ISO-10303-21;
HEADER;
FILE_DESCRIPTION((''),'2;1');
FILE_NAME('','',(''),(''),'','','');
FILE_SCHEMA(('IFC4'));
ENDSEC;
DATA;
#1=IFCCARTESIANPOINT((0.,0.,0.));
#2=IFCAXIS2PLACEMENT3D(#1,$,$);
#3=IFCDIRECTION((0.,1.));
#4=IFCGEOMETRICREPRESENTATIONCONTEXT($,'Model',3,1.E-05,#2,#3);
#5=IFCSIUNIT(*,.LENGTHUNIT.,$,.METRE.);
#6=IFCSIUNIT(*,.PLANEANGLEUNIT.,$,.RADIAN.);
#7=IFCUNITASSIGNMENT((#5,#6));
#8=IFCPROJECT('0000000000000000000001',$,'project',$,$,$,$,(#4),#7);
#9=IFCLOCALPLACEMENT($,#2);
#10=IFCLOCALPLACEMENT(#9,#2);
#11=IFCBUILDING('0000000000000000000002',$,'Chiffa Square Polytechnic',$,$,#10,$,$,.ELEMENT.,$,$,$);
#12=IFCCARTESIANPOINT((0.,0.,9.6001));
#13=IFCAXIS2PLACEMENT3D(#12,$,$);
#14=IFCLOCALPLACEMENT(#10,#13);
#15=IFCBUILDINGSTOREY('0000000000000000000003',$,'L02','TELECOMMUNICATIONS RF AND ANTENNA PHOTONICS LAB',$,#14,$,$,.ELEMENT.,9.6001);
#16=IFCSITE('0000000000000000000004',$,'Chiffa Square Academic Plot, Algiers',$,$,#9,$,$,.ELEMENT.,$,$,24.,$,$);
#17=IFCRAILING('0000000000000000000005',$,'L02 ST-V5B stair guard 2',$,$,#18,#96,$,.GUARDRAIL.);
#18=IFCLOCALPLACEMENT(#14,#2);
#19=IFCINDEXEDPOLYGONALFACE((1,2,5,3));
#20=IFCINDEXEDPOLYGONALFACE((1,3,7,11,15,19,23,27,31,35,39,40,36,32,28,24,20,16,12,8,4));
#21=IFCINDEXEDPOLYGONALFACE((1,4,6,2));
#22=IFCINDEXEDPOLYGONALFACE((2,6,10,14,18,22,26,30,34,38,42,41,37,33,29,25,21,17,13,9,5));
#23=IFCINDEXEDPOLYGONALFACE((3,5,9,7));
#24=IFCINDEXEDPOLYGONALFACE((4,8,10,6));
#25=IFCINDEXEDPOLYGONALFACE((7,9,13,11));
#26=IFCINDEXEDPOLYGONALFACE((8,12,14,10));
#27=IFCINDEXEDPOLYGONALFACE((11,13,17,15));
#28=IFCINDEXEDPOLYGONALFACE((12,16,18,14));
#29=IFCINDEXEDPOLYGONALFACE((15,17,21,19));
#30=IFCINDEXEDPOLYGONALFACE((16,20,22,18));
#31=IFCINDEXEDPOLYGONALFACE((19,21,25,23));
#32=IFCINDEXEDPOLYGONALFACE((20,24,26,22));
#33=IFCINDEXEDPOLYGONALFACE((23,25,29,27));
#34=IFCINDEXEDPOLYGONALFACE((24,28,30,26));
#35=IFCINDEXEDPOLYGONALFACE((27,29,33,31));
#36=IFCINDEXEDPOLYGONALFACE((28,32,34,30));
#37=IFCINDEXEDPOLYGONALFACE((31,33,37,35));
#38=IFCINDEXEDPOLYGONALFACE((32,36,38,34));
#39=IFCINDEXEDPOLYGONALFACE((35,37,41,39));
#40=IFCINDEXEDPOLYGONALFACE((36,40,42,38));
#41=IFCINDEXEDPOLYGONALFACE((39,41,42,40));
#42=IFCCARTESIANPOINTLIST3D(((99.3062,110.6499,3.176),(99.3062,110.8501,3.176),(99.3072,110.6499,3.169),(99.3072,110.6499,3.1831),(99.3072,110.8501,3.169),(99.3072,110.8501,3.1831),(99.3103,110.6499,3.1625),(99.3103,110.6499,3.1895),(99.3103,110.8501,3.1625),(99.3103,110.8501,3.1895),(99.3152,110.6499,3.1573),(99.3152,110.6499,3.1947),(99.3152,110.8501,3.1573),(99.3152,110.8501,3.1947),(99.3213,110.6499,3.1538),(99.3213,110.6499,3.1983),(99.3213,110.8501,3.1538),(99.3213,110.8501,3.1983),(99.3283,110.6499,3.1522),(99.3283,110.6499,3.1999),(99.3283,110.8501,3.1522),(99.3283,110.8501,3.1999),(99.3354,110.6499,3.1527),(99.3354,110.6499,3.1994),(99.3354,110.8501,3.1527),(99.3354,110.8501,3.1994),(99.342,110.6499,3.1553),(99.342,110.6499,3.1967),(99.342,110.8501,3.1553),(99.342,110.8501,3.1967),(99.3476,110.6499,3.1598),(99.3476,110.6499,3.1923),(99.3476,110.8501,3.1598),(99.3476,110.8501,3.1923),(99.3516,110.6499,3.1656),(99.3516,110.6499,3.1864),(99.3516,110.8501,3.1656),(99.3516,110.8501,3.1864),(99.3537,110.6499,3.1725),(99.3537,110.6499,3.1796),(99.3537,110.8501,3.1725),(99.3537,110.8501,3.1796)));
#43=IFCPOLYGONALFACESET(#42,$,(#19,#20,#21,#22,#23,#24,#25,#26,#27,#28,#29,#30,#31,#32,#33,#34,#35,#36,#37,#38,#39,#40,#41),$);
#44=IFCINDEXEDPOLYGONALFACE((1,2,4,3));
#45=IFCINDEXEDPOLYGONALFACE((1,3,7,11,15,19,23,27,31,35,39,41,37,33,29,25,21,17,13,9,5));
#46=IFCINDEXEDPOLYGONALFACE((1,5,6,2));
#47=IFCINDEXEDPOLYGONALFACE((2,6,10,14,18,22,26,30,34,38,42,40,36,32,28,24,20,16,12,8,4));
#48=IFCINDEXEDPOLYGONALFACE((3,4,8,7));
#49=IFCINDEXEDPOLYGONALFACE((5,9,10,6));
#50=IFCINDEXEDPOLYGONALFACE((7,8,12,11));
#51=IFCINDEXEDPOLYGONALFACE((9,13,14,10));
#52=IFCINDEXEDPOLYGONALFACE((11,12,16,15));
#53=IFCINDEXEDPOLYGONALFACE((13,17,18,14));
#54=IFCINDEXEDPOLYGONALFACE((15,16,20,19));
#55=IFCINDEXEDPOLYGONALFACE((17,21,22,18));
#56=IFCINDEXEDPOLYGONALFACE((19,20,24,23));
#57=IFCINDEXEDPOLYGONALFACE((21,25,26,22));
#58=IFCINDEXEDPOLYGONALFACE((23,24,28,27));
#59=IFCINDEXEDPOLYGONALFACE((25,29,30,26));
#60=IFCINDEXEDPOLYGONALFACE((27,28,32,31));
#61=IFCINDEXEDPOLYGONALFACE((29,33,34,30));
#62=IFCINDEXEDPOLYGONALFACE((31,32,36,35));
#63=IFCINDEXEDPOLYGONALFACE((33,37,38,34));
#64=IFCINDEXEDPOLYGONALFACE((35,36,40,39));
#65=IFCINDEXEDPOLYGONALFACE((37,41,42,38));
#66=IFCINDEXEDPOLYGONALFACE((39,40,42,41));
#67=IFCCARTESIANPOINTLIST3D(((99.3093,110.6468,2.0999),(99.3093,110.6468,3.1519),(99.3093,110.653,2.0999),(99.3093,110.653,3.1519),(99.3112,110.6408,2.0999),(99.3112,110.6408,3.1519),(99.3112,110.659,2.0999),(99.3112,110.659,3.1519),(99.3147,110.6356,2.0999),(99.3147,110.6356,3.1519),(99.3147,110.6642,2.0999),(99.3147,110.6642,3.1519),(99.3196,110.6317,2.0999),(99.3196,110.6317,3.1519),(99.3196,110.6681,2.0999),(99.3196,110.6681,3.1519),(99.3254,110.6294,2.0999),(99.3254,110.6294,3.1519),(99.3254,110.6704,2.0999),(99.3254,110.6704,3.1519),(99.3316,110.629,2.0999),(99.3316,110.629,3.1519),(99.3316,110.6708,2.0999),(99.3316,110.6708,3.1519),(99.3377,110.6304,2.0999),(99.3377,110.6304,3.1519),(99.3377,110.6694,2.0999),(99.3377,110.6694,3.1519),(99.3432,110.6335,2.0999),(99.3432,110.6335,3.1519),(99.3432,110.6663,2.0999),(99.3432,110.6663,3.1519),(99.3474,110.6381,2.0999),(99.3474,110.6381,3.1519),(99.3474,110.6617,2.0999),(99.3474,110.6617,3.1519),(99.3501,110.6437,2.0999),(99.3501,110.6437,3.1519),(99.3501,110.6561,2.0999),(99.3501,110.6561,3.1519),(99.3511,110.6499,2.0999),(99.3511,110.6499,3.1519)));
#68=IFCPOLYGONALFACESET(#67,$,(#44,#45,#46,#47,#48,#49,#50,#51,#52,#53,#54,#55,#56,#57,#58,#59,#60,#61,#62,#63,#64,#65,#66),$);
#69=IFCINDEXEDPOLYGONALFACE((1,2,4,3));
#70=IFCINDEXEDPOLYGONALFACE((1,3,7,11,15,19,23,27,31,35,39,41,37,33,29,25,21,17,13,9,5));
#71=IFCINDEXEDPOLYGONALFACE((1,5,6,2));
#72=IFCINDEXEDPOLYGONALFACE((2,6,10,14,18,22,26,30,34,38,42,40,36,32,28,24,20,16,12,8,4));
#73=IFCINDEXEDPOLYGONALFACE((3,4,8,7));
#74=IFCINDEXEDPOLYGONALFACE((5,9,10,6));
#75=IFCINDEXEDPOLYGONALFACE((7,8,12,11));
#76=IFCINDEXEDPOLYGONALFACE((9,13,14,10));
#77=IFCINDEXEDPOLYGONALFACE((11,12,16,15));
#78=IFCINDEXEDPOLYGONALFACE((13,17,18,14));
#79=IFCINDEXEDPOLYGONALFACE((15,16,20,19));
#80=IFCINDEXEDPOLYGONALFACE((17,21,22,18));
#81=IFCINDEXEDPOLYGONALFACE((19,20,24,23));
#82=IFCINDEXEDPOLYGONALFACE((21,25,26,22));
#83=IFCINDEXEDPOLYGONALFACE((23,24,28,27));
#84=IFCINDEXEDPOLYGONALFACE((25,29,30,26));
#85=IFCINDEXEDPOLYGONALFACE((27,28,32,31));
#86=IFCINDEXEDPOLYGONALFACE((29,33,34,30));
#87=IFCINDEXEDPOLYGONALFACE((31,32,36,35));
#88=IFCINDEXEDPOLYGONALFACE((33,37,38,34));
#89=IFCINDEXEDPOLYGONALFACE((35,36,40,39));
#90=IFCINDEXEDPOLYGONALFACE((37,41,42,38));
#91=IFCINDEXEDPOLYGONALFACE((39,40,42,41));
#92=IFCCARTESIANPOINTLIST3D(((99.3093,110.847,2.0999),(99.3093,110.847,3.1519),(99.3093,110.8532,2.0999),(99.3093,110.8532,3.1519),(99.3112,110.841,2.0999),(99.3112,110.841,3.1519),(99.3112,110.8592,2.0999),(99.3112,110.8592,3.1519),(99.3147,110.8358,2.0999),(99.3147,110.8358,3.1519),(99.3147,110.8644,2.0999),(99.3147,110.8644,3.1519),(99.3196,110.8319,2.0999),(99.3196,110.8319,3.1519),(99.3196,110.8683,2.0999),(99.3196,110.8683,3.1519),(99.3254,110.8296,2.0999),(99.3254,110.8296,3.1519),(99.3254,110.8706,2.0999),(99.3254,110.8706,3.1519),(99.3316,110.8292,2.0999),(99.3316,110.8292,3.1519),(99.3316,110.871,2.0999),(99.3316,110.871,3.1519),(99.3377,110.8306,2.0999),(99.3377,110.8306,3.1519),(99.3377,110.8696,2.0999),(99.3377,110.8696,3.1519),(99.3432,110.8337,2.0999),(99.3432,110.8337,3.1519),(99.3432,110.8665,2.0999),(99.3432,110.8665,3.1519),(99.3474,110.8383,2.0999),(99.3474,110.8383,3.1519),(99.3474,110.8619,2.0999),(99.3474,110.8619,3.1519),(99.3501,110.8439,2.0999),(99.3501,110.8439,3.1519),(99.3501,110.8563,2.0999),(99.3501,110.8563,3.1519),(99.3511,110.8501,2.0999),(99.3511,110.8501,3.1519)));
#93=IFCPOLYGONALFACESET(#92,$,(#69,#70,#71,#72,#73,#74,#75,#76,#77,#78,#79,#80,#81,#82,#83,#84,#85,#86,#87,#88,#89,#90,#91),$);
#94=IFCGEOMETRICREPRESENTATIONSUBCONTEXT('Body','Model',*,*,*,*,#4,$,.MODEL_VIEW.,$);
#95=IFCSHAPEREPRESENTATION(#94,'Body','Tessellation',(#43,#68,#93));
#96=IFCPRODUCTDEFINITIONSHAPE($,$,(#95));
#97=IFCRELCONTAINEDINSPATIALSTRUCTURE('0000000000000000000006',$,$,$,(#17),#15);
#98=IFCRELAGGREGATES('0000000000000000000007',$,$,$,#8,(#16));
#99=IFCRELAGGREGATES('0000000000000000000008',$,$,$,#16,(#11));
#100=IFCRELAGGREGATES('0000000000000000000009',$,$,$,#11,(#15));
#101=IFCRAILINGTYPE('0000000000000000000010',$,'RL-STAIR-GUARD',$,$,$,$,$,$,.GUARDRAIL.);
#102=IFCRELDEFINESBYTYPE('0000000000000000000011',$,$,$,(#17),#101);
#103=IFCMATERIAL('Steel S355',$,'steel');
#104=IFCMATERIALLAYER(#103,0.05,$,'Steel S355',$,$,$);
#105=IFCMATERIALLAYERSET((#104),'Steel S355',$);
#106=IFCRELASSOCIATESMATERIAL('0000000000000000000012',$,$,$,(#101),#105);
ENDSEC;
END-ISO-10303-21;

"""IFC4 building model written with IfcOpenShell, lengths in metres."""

from ifc_helpers import new_model, si_unit, direction, frame, origin, origin_2d, place, context, subcontext, project, spatial, circle, extrude, material, layer, layer_set, type_object, element, save


model = new_model("IFC4")

# Units and contexts
model_context = context("Model", 3, precision=1e-05, world=origin(), true_north=direction((0.0, 1.0)))
body_context = subcontext(model_context, "Body", "Model", "MODEL_VIEW")
ifc_project = project(units=[si_unit("LENGTHUNIT", "METRE"), si_unit("PLANEANGLEUNIT", "RADIAN")], contexts=[model_context])

# Site, building, storey
site_placement = place(None, origin())
site = spatial("IfcSite", under=ifc_project, at=site_placement, Name="Chiffa Square Academic Plot, Algiers", CompositionType="ELEMENT", RefElevation=24.0)
building_placement = place(site_placement, origin())
building = spatial("IfcBuilding", under=site, at=building_placement, Name="Chiffa Square Polytechnic", CompositionType="ELEMENT")
storey_placement = place(building_placement, frame((0.0, 0.0, 9.6001)))
storey = spatial("IfcBuildingStorey", under=building, at=storey_placement, Name="L02", Description="TELECOMMUNICATIONS RF AND ANTENNA PHOTONICS LAB", CompositionType="ELEMENT", Elevation=9.6001)

# Railing
ifc_material_1 = material(Name="Steel S355", Category="steel")
ifc_layer_1 = layer(ifc_material_1, 0.05, Name="Steel S355")
ifc_layer_set_1 = layer_set([ifc_layer_1], Name="Steel S355")
railing_type_1 = type_object("IfcRailingType", Name="RL-STAIR-GUARD", PredefinedType="GUARDRAIL", material=ifc_layer_set_1)
railing_1_placement = place(storey_placement, frame((99.3301, 110.6499, 2.0999)))
element("IfcRailing", 1, at=railing_1_placement, inside=storey, type_object=railing_type_1, Name="L02 ST-V5B stair guard 2", PredefinedType="GUARDRAIL", context=body_context, shape_type="SweptSolid", body=[
    extrude(circle(Radius=0.0239, at=origin_2d()), frame((0.0, 0.0, 1.0762), z_axis=(0.0, 1.0, 0.0), x_axis=(-1.0, 0.0, 0.0)), (0.0, 0.0, 1.0), 0.2002),
    extrude(circle(Radius=0.021, at=origin_2d()), origin(), (0.0, 0.0, 1.0), 1.052),
    extrude(circle(Radius=0.021, at=origin_2d()), frame((0.0, 0.2002, 0.0)), (0.0, 0.0, 1.0), 1.052),
])

save(model, "model.ifc")
